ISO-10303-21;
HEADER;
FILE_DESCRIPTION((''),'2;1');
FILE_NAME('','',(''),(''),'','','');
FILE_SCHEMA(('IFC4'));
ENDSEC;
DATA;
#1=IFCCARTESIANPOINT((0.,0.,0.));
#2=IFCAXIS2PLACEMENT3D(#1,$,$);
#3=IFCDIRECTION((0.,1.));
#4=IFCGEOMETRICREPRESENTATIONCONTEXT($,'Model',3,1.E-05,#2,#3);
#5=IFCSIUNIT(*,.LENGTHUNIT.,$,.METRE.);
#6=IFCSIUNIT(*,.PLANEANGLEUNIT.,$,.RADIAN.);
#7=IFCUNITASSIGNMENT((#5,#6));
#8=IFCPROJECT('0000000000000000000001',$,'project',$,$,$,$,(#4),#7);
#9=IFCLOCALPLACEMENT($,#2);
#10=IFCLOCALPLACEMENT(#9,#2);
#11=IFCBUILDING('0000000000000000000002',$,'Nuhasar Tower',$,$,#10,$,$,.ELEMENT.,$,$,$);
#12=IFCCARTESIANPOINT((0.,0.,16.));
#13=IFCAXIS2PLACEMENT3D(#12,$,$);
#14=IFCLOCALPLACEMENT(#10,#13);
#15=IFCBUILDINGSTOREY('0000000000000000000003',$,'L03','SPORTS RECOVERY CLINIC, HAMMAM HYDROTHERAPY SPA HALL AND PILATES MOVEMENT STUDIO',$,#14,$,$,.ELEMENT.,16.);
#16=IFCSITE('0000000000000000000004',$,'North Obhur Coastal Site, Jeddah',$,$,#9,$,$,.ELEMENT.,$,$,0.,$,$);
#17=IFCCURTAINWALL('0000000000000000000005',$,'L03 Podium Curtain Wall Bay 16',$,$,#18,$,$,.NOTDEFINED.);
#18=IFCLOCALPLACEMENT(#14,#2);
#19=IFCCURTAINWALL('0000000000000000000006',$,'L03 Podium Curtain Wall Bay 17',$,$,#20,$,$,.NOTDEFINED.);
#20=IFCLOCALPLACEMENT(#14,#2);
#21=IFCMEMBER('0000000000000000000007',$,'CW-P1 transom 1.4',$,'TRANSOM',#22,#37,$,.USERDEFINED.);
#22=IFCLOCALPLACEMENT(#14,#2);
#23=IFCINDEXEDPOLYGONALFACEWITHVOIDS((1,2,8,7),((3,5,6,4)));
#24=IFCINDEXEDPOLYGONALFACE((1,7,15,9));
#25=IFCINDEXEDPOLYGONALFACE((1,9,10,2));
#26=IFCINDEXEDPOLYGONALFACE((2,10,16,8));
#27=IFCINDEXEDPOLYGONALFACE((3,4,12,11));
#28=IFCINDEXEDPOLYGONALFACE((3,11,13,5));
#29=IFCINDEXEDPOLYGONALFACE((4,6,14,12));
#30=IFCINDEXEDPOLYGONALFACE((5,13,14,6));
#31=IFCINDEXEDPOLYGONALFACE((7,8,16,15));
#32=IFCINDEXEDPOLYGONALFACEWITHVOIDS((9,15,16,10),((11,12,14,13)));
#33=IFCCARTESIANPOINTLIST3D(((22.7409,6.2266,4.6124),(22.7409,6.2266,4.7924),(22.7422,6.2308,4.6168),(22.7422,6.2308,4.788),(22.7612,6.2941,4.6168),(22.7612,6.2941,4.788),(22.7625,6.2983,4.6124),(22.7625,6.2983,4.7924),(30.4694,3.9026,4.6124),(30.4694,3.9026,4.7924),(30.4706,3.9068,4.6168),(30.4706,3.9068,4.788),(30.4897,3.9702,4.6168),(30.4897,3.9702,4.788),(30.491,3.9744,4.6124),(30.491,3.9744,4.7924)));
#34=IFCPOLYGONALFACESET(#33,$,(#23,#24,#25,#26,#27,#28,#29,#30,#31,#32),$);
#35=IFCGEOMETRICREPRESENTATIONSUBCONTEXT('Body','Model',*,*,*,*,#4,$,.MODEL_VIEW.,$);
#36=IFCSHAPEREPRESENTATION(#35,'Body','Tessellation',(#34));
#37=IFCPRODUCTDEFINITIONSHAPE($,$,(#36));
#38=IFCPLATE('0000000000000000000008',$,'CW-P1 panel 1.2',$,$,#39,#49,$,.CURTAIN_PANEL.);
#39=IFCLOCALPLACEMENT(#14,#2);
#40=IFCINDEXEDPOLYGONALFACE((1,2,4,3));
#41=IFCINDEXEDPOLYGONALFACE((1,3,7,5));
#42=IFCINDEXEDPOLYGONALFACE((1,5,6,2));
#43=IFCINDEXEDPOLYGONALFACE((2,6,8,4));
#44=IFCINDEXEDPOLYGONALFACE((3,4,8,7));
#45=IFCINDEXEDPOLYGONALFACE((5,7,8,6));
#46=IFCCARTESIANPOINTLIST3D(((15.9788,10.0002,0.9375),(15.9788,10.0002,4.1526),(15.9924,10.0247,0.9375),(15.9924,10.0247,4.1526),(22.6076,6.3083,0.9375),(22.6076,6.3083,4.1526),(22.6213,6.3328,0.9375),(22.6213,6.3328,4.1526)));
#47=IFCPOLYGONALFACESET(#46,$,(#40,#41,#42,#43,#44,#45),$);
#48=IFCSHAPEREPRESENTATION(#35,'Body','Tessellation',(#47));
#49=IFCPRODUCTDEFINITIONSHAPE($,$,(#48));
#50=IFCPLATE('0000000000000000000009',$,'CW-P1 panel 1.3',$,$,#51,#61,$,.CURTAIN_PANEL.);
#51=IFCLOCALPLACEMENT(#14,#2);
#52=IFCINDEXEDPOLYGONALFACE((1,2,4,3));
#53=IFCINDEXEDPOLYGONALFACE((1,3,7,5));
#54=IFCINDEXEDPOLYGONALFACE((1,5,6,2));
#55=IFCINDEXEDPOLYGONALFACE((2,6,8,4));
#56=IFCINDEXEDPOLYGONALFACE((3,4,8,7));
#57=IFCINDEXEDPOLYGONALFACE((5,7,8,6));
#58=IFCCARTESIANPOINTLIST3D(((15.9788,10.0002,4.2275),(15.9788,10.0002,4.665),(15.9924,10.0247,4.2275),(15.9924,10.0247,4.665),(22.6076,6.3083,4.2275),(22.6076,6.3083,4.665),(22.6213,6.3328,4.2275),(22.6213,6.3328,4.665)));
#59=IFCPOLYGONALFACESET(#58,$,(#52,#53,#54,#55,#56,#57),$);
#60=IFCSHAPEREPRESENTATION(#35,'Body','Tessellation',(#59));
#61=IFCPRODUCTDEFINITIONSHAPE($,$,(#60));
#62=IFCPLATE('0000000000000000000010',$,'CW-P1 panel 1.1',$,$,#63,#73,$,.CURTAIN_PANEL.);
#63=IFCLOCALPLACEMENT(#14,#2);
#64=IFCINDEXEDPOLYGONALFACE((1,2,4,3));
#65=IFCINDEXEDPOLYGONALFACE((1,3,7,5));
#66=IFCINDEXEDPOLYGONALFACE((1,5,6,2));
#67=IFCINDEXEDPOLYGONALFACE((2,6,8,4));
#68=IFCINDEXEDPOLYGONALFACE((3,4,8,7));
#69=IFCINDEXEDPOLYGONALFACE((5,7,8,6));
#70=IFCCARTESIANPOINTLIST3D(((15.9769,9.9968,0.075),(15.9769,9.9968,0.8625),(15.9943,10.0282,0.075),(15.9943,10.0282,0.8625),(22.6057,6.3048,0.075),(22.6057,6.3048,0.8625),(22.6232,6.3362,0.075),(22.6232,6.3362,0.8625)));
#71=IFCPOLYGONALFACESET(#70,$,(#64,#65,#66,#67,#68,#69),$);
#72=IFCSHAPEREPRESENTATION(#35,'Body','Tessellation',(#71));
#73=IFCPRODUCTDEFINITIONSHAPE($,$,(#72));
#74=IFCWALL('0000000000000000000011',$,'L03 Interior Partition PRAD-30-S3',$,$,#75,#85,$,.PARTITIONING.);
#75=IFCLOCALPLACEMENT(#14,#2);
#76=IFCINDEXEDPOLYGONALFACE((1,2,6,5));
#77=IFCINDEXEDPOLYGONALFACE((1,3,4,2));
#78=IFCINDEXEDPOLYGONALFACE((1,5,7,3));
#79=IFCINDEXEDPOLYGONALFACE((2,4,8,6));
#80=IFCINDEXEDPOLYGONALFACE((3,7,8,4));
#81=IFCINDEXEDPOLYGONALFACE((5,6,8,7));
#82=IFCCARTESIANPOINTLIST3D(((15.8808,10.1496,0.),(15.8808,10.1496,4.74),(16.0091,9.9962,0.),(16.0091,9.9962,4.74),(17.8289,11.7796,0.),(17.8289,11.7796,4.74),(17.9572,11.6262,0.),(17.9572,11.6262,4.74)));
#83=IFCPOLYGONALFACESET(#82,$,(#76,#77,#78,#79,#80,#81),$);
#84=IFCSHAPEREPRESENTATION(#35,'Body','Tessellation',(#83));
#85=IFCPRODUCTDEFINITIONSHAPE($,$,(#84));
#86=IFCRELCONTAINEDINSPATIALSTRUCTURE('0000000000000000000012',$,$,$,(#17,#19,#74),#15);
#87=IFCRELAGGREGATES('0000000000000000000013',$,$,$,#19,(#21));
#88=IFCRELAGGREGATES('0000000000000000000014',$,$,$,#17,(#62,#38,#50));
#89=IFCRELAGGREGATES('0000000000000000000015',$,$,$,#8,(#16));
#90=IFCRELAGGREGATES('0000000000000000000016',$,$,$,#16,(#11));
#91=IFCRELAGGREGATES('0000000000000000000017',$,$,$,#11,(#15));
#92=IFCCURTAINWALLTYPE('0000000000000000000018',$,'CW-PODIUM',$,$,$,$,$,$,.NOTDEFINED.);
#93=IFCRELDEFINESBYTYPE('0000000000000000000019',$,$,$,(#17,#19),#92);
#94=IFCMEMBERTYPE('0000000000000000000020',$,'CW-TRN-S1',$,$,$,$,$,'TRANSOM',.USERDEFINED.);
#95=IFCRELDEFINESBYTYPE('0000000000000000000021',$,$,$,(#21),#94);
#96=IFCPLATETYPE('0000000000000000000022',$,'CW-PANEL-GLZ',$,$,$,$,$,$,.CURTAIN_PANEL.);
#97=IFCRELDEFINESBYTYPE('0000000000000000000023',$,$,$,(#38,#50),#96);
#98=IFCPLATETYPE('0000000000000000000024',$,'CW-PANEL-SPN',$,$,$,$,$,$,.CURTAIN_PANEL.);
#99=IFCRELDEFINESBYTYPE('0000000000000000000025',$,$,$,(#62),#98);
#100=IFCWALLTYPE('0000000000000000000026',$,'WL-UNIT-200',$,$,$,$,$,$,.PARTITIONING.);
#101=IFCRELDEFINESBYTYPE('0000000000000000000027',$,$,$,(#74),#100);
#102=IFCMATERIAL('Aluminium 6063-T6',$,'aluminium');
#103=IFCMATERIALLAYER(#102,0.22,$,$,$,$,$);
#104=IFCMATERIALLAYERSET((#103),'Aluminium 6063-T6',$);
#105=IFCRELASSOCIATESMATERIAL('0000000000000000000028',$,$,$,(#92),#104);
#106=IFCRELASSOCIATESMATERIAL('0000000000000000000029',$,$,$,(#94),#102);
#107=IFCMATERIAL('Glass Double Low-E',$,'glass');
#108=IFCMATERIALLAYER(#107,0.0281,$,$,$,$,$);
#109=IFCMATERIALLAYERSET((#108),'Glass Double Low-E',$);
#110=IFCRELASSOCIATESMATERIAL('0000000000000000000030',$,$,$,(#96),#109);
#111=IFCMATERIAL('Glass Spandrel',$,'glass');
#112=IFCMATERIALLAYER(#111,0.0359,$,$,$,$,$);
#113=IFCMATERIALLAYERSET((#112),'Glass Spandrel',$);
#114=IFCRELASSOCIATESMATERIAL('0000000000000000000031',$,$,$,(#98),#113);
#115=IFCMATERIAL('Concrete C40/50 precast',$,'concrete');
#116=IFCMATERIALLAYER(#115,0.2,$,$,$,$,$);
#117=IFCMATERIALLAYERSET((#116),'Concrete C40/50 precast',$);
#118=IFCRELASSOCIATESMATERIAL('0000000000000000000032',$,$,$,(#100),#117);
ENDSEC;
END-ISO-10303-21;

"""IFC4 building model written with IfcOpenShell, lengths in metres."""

from ifc_helpers import new_model, si_unit, direction, frame, frame_2d, origin, origin_2d, place, context, subcontext, project, spatial, rectangle, hollow_rectangle, extrude, material, layer, layer_set, material_profile, profile_set, type_object, element, aggregate, save


model = new_model("IFC4")

# Units and contexts
model_context = context("Model", 3, precision=1e-05, world=origin(), true_north=direction((0.0, 1.0)))
body_context = subcontext(model_context, "Body", "Model", "MODEL_VIEW")
ifc_project = project(units=[si_unit("LENGTHUNIT", "METRE"), si_unit("PLANEANGLEUNIT", "RADIAN")], contexts=[model_context])

# Site, building, storey
site_placement = place(None, origin())
site = spatial("IfcSite", under=ifc_project, at=site_placement, Name="North Obhur Coastal Site, Jeddah", CompositionType="ELEMENT", RefElevation=0.0)
building_placement = place(site_placement, origin())
building = spatial("IfcBuilding", under=site, at=building_placement, Name="Nuhasar Tower", CompositionType="ELEMENT")
storey_placement = place(building_placement, frame((0.0, 0.0, 16.0)))
storey = spatial("IfcBuildingStorey", under=building, at=storey_placement, Name="L03", Description="SPORTS RECOVERY CLINIC, HAMMAM HYDROTHERAPY SPA HALL AND PILATES MOVEMENT STUDIO", CompositionType="ELEMENT", Elevation=16.0)

# Curtain walls
ifc_material_1 = material(Name="Aluminium 6063-T6", Category="aluminium")
ifc_layer_1 = layer(ifc_material_1, 0.22)
ifc_layer_set_1 = layer_set([ifc_layer_1], Name="Aluminium 6063-T6")
curtain_wall_type = type_object("IfcCurtainWallType", Name="CW-PODIUM", PredefinedType="NOTDEFINED", material=ifc_layer_set_1)
curtain_wall_1_placement = place(storey_placement, origin())
curtain_wall_1 = element("IfcCurtainWall", 1, at=curtain_wall_1_placement, inside=storey, type_object=curtain_wall_type, Name="L03 Podium Curtain Wall Bay 16", PredefinedType="NOTDEFINED")
curtain_wall_2_placement = place(storey_placement, origin())
curtain_wall_2 = element("IfcCurtainWall", 2, at=curtain_wall_2_placement, inside=storey, type_object=curtain_wall_type, Name="L03 Podium Curtain Wall Bay 17", PredefinedType="NOTDEFINED")

# Member
ifc_material_profile_1 = material_profile(ifc_material_1, hollow_rectangle(XDim=0.075, YDim=0.1799, WallThickness=0.0044, at=origin_2d()), Name="CWT-1")
ifc_profile_set_1 = profile_set([ifc_material_profile_1], Name="Aluminium 6063-T6")
member_type_1 = type_object("IfcMemberType", Name="CW-TRN-S1", ElementType="TRANSOM", PredefinedType="USERDEFINED", material=ifc_profile_set_1)
member_1_placement = place(storey_placement, frame((22.7517, 6.2625, 4.7024), z_axis=(0.957641, -0.287964, 0.0), x_axis=(0.287964, 0.957641, 0.0)))
member_1 = element("IfcMember", 3, at=member_1_placement, type_object=member_type_1, Name="CW-P1 transom 1.4", ObjectType="TRANSOM", PredefinedType="USERDEFINED", context=body_context, shape_type="SweptSolid", body=[
    extrude(hollow_rectangle(XDim=0.075, YDim=0.1799, WallThickness=0.0044, at=origin_2d()), origin(), (0.0, 0.0, 1.0), 8.0703),
])
aggregate(curtain_wall_2, [member_1])

# Plates
ifc_material_2 = material(Name="Glass Double Low-E", Category="glass")
ifc_layer_2 = layer(ifc_material_2, 0.0281)
ifc_layer_set_2 = layer_set([ifc_layer_2], Name="Glass Double Low-E")
plate_type_1 = type_object("IfcPlateType", Name="CW-PANEL-GLZ", PredefinedType="CURTAIN_PANEL", material=ifc_layer_set_2)
plate_1_placement = place(storey_placement, frame((19.3, 8.1665, 0.9375), z_axis=(0.0, 0.0, 1.0), x_axis=(0.873639, -0.486575, 0.0)))
plate_1 = element("IfcPlate", 4, at=plate_1_placement, type_object=plate_type_1, Name="CW-P1 panel 1.2", PredefinedType="CURTAIN_PANEL", context=body_context, shape_type="SweptSolid", body=[
    extrude(rectangle(XDim=7.5876, YDim=0.0281, at=origin_2d()), origin(), (0.0, 0.0, 1.0), 3.2151),
])
plate_2_placement = place(storey_placement, frame((19.3, 8.1665, 4.2275), z_axis=(0.0, 0.0, 1.0), x_axis=(0.873639, -0.486575, 0.0)))
plate_2 = element("IfcPlate", 5, at=plate_2_placement, type_object=plate_type_1, Name="CW-P1 panel 1.3", PredefinedType="CURTAIN_PANEL", context=body_context, shape_type="SweptSolid", body=[
    extrude(rectangle(XDim=7.5876, YDim=0.0281, at=origin_2d()), origin(), (0.0, 0.0, 1.0), 0.4375),
])
ifc_material_3 = material(Name="Glass Spandrel", Category="glass")
ifc_layer_3 = layer(ifc_material_3, 0.0359)
ifc_layer_set_3 = layer_set([ifc_layer_3], Name="Glass Spandrel")
plate_type_2 = type_object("IfcPlateType", Name="CW-PANEL-SPN", PredefinedType="CURTAIN_PANEL", material=ifc_layer_set_3)
plate_3_placement = place(storey_placement, frame((19.3, 8.1665, 0.075), z_axis=(0.0, 0.0, 1.0), x_axis=(0.873639, -0.486575, 0.0)))
plate_3 = element("IfcPlate", 6, at=plate_3_placement, type_object=plate_type_2, Name="CW-P1 panel 1.1", PredefinedType="CURTAIN_PANEL", context=body_context, shape_type="SweptSolid", body=[
    extrude(rectangle(XDim=7.5876, YDim=0.0359, at=origin_2d()), origin(), (0.0, 0.0, 1.0), 0.7876),
])
aggregate(curtain_wall_1, [plate_3, plate_1, plate_2])

# Wall
ifc_material_4 = material(Name="Concrete C40/50 precast", Category="concrete")
ifc_layer_4 = layer(ifc_material_4, 0.2)
ifc_layer_set_4 = layer_set([ifc_layer_4], Name="Concrete C40/50 precast")
wall_type = type_object("IfcWallType", Name="WL-UNIT-200", PredefinedType="PARTITIONING", material=ifc_layer_set_4)
wall_placement = place(storey_placement, frame((17.8931, 11.7029, 0.0), z_axis=(0.0, 0.0, 1.0), x_axis=(-0.766951, -0.641705, 0.0)))
element("IfcWall", 7, at=wall_placement, inside=storey, type_object=wall_type, Name="L03 Interior Partition PRAD-30-S3", PredefinedType="PARTITIONING", context=body_context, shape_type="SweptSolid", body=[
    extrude(rectangle(XDim=2.54, YDim=0.2, at=frame_2d((1.27, 0.0))), origin(), (0.0, 0.0, 1.0), 4.74),
])

save(model, "model.ifc")
